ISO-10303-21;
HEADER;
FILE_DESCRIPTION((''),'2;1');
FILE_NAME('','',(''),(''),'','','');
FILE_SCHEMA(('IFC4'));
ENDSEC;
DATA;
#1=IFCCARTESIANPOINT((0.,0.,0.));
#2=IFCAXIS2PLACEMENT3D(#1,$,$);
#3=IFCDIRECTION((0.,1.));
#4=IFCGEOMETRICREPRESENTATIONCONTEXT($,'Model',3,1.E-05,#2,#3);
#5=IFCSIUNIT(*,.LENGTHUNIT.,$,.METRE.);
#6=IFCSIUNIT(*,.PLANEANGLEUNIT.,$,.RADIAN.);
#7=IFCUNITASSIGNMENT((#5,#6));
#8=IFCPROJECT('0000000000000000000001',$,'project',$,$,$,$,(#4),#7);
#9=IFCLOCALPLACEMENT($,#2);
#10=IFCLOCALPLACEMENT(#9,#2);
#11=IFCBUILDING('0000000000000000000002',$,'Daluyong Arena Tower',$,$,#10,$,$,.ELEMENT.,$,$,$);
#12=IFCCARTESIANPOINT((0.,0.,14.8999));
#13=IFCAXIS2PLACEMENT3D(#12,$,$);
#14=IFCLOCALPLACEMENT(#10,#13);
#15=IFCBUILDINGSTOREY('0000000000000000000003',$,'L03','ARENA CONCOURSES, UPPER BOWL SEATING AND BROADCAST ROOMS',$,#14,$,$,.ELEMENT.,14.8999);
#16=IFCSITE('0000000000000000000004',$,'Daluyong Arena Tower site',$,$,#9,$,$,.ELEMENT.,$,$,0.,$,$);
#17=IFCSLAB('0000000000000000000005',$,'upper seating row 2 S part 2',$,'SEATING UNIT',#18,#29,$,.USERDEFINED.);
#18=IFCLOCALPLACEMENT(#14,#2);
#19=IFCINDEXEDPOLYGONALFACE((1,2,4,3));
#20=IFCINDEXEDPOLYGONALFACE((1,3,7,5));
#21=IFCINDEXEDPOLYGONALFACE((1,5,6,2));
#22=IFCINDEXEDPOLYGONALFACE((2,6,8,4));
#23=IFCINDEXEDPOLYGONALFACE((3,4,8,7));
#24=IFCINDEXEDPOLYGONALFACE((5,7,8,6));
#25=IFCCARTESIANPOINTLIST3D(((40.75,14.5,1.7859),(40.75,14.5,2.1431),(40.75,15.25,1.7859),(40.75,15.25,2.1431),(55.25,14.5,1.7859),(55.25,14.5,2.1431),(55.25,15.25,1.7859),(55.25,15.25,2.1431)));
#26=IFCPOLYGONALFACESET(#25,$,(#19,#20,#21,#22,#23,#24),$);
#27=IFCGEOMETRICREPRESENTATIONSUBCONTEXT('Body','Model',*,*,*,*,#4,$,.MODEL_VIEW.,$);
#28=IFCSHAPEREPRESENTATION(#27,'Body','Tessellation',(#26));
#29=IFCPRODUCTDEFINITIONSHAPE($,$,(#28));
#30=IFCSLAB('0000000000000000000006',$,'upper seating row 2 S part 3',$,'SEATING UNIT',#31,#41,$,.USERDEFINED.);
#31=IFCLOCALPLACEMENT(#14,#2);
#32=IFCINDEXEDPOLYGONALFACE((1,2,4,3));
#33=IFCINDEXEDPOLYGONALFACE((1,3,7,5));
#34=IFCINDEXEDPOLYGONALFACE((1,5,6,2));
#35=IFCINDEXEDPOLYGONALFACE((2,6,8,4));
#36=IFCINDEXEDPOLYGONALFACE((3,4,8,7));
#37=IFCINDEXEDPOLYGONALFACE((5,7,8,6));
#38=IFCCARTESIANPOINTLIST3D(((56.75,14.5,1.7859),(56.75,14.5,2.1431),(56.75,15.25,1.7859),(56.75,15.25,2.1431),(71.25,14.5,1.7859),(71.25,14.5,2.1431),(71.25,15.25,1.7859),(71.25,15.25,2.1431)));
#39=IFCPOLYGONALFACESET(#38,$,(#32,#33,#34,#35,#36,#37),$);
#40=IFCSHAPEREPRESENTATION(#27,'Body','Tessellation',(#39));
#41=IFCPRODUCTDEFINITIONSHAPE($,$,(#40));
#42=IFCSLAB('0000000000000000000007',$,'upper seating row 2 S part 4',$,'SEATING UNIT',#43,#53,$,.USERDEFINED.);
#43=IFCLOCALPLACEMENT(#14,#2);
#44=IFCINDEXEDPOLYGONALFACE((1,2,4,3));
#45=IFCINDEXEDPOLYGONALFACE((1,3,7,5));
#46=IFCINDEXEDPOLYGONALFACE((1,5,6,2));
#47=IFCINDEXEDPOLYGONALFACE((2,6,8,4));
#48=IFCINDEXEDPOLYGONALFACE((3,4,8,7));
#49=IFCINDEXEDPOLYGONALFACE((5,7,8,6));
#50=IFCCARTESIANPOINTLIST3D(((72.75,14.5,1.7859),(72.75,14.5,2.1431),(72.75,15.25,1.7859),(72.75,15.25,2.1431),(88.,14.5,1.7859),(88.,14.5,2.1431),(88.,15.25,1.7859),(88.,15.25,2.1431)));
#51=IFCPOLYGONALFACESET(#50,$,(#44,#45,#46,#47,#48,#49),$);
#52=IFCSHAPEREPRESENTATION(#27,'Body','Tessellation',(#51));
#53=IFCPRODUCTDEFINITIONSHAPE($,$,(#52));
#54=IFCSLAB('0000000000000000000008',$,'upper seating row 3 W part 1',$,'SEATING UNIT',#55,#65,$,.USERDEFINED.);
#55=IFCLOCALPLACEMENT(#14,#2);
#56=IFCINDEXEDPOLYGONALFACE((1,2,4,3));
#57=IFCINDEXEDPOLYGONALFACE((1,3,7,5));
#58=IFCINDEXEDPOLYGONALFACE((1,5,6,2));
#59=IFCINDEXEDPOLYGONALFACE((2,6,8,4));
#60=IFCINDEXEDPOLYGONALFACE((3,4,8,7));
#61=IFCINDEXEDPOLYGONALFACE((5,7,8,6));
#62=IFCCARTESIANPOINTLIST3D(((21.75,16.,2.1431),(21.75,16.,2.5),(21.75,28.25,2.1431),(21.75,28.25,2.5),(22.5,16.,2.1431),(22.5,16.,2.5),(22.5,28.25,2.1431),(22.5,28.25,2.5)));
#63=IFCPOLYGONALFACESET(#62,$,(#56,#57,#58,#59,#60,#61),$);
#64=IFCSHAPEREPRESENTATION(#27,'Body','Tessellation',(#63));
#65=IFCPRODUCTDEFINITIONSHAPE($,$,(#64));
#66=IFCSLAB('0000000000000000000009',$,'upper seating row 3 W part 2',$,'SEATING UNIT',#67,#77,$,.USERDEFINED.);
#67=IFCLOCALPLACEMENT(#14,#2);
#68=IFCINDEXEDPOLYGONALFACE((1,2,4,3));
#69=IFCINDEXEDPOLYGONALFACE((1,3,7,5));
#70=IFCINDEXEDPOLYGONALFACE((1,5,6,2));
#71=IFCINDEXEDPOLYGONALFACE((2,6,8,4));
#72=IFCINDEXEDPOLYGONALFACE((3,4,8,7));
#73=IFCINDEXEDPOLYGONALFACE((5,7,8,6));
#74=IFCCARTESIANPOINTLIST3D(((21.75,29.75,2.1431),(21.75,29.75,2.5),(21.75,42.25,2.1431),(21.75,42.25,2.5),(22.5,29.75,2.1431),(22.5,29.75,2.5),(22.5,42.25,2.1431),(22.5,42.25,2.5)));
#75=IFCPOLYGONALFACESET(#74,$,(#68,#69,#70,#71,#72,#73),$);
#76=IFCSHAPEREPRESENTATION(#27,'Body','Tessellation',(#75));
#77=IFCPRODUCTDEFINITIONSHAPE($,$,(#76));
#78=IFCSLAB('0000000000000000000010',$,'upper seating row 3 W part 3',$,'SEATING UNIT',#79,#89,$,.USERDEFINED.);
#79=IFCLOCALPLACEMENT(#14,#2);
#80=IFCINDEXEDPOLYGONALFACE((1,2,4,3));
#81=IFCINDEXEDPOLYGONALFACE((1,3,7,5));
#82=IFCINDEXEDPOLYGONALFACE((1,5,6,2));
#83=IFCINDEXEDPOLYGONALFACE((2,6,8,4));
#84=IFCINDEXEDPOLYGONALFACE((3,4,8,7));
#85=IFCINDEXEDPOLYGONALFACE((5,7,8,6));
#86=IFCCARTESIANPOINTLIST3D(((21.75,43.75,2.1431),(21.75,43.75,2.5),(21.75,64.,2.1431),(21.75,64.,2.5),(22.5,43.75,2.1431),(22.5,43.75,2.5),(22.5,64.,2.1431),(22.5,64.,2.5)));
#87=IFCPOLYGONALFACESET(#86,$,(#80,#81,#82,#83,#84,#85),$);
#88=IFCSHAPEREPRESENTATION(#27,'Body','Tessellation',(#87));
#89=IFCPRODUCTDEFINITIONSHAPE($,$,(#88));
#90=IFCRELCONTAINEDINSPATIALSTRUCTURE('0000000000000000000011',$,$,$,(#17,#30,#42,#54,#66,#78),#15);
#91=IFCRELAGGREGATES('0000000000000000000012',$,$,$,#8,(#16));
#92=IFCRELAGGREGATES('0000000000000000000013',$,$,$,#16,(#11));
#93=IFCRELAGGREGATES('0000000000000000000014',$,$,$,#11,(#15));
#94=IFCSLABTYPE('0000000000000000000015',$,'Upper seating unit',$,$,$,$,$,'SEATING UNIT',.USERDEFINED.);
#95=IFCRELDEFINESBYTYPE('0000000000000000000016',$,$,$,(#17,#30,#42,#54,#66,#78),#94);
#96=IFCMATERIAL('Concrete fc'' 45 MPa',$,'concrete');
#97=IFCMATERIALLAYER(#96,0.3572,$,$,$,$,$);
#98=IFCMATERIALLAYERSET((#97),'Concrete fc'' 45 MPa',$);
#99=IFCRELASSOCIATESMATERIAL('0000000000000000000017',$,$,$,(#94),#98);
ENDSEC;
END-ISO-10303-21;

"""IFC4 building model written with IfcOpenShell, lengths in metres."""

from ifc_helpers import new_model, si_unit, direction, frame, origin, place, context, subcontext, project, spatial, polyline, outline, extrude, material, layer, layer_set, type_object, element, save


model = new_model("IFC4")

# Units and contexts
model_context = context("Model", 3, precision=1e-05, world=origin(), true_north=direction((0.0, 1.0)))
body_context = subcontext(model_context, "Body", "Model", "MODEL_VIEW")
ifc_project = project(units=[si_unit("LENGTHUNIT", "METRE"), si_unit("PLANEANGLEUNIT", "RADIAN")], contexts=[model_context])

# Site, building, storey
site_placement = place(None, origin())
site = spatial("IfcSite", under=ifc_project, at=site_placement, Name="Daluyong Arena Tower site", CompositionType="ELEMENT", RefElevation=0.0)
building_placement = place(site_placement, origin())
building = spatial("IfcBuilding", under=site, at=building_placement, Name="Daluyong Arena Tower", CompositionType="ELEMENT")
storey_placement = place(building_placement, frame((0.0, 0.0, 14.8999)))
storey = spatial("IfcBuildingStorey", under=building, at=storey_placement, Name="L03", Description="ARENA CONCOURSES, UPPER BOWL SEATING AND BROADCAST ROOMS", CompositionType="ELEMENT", Elevation=14.8999)

# Slabs
ifc_material = material(Name="Concrete fc' 45 MPa", Category="concrete")
ifc_layer = layer(ifc_material, 0.3572)
ifc_layer_set = layer_set([ifc_layer], Name="Concrete fc' 45 MPa")
slab_type = type_object("IfcSlabType", Name="Upper seating unit", ElementType="SEATING UNIT", PredefinedType="USERDEFINED", material=ifc_layer_set)
slab_1_placement = place(storey_placement, frame((0.0, 0.0, 1.7859)))
element("IfcSlab", 1, at=slab_1_placement, inside=storey, type_object=slab_type, Name="upper seating row 2 S part 2", ObjectType="SEATING UNIT", PredefinedType="USERDEFINED", context=body_context, shape_type="SweptSolid", body=[
    extrude(outline(polyline([(55.25, 15.25), (40.75, 15.25), (40.75, 14.5), (55.25, 14.5), (55.25, 15.25)])), origin(), (0.0, 0.0, 1.0), 0.3572),
])
slab_2_placement = place(storey_placement, frame((0.0, 0.0, 1.7859)))
element("IfcSlab", 2, at=slab_2_placement, inside=storey, type_object=slab_type, Name="upper seating row 2 S part 3", ObjectType="SEATING UNIT", PredefinedType="USERDEFINED", context=body_context, shape_type="SweptSolid", body=[
    extrude(outline(polyline([(71.25, 15.25), (56.75, 15.25), (56.75, 14.5), (71.25, 14.5), (71.25, 15.25)])), origin(), (0.0, 0.0, 1.0), 0.3572),
])
slab_3_placement = place(storey_placement, frame((0.0, 0.0, 1.7859)))
element("IfcSlab", 3, at=slab_3_placement, inside=storey, type_object=slab_type, Name="upper seating row 2 S part 4", ObjectType="SEATING UNIT", PredefinedType="USERDEFINED", context=body_context, shape_type="SweptSolid", body=[
    extrude(outline(polyline([(88.0, 15.25), (72.75, 15.25), (72.75, 14.5), (88.0, 14.5), (88.0, 15.25)])), origin(), (0.0, 0.0, 1.0), 0.3572),
])
slab_4_placement = place(storey_placement, frame((0.0, 0.0, 2.1431)))
element("IfcSlab", 4, at=slab_4_placement, inside=storey, type_object=slab_type, Name="upper seating row 3 W part 1", ObjectType="SEATING UNIT", PredefinedType="USERDEFINED", context=body_context, shape_type="SweptSolid", body=[
    extrude(outline(polyline([(22.5, 16.0), (22.5, 28.25), (21.75, 28.25), (21.75, 16.0), (22.5, 16.0)])), origin(), (0.0, 0.0, 1.0), 0.3569),
])
slab_5_placement = place(storey_placement, frame((0.0, 0.0, 2.1431)))
element("IfcSlab", 5, at=slab_5_placement, inside=storey, type_object=slab_type, Name="upper seating row 3 W part 2", ObjectType="SEATING UNIT", PredefinedType="USERDEFINED", context=body_context, shape_type="SweptSolid", body=[
    extrude(outline(polyline([(22.5, 29.75), (22.5, 42.25), (21.75, 42.25), (21.75, 29.75), (22.5, 29.75)])), origin(), (0.0, 0.0, 1.0), 0.3569),
])
slab_6_placement = place(storey_placement, frame((0.0, 0.0, 2.1431)))
element("IfcSlab", 6, at=slab_6_placement, inside=storey, type_object=slab_type, Name="upper seating row 3 W part 3", ObjectType="SEATING UNIT", PredefinedType="USERDEFINED", context=body_context, shape_type="SweptSolid", body=[
    extrude(outline(polyline([(21.75, 64.0), (21.75, 43.75), (22.5, 43.75), (22.5, 64.0), (21.75, 64.0)])), origin(), (0.0, 0.0, 1.0), 0.3569),
])

save(model, "model.ifc")
